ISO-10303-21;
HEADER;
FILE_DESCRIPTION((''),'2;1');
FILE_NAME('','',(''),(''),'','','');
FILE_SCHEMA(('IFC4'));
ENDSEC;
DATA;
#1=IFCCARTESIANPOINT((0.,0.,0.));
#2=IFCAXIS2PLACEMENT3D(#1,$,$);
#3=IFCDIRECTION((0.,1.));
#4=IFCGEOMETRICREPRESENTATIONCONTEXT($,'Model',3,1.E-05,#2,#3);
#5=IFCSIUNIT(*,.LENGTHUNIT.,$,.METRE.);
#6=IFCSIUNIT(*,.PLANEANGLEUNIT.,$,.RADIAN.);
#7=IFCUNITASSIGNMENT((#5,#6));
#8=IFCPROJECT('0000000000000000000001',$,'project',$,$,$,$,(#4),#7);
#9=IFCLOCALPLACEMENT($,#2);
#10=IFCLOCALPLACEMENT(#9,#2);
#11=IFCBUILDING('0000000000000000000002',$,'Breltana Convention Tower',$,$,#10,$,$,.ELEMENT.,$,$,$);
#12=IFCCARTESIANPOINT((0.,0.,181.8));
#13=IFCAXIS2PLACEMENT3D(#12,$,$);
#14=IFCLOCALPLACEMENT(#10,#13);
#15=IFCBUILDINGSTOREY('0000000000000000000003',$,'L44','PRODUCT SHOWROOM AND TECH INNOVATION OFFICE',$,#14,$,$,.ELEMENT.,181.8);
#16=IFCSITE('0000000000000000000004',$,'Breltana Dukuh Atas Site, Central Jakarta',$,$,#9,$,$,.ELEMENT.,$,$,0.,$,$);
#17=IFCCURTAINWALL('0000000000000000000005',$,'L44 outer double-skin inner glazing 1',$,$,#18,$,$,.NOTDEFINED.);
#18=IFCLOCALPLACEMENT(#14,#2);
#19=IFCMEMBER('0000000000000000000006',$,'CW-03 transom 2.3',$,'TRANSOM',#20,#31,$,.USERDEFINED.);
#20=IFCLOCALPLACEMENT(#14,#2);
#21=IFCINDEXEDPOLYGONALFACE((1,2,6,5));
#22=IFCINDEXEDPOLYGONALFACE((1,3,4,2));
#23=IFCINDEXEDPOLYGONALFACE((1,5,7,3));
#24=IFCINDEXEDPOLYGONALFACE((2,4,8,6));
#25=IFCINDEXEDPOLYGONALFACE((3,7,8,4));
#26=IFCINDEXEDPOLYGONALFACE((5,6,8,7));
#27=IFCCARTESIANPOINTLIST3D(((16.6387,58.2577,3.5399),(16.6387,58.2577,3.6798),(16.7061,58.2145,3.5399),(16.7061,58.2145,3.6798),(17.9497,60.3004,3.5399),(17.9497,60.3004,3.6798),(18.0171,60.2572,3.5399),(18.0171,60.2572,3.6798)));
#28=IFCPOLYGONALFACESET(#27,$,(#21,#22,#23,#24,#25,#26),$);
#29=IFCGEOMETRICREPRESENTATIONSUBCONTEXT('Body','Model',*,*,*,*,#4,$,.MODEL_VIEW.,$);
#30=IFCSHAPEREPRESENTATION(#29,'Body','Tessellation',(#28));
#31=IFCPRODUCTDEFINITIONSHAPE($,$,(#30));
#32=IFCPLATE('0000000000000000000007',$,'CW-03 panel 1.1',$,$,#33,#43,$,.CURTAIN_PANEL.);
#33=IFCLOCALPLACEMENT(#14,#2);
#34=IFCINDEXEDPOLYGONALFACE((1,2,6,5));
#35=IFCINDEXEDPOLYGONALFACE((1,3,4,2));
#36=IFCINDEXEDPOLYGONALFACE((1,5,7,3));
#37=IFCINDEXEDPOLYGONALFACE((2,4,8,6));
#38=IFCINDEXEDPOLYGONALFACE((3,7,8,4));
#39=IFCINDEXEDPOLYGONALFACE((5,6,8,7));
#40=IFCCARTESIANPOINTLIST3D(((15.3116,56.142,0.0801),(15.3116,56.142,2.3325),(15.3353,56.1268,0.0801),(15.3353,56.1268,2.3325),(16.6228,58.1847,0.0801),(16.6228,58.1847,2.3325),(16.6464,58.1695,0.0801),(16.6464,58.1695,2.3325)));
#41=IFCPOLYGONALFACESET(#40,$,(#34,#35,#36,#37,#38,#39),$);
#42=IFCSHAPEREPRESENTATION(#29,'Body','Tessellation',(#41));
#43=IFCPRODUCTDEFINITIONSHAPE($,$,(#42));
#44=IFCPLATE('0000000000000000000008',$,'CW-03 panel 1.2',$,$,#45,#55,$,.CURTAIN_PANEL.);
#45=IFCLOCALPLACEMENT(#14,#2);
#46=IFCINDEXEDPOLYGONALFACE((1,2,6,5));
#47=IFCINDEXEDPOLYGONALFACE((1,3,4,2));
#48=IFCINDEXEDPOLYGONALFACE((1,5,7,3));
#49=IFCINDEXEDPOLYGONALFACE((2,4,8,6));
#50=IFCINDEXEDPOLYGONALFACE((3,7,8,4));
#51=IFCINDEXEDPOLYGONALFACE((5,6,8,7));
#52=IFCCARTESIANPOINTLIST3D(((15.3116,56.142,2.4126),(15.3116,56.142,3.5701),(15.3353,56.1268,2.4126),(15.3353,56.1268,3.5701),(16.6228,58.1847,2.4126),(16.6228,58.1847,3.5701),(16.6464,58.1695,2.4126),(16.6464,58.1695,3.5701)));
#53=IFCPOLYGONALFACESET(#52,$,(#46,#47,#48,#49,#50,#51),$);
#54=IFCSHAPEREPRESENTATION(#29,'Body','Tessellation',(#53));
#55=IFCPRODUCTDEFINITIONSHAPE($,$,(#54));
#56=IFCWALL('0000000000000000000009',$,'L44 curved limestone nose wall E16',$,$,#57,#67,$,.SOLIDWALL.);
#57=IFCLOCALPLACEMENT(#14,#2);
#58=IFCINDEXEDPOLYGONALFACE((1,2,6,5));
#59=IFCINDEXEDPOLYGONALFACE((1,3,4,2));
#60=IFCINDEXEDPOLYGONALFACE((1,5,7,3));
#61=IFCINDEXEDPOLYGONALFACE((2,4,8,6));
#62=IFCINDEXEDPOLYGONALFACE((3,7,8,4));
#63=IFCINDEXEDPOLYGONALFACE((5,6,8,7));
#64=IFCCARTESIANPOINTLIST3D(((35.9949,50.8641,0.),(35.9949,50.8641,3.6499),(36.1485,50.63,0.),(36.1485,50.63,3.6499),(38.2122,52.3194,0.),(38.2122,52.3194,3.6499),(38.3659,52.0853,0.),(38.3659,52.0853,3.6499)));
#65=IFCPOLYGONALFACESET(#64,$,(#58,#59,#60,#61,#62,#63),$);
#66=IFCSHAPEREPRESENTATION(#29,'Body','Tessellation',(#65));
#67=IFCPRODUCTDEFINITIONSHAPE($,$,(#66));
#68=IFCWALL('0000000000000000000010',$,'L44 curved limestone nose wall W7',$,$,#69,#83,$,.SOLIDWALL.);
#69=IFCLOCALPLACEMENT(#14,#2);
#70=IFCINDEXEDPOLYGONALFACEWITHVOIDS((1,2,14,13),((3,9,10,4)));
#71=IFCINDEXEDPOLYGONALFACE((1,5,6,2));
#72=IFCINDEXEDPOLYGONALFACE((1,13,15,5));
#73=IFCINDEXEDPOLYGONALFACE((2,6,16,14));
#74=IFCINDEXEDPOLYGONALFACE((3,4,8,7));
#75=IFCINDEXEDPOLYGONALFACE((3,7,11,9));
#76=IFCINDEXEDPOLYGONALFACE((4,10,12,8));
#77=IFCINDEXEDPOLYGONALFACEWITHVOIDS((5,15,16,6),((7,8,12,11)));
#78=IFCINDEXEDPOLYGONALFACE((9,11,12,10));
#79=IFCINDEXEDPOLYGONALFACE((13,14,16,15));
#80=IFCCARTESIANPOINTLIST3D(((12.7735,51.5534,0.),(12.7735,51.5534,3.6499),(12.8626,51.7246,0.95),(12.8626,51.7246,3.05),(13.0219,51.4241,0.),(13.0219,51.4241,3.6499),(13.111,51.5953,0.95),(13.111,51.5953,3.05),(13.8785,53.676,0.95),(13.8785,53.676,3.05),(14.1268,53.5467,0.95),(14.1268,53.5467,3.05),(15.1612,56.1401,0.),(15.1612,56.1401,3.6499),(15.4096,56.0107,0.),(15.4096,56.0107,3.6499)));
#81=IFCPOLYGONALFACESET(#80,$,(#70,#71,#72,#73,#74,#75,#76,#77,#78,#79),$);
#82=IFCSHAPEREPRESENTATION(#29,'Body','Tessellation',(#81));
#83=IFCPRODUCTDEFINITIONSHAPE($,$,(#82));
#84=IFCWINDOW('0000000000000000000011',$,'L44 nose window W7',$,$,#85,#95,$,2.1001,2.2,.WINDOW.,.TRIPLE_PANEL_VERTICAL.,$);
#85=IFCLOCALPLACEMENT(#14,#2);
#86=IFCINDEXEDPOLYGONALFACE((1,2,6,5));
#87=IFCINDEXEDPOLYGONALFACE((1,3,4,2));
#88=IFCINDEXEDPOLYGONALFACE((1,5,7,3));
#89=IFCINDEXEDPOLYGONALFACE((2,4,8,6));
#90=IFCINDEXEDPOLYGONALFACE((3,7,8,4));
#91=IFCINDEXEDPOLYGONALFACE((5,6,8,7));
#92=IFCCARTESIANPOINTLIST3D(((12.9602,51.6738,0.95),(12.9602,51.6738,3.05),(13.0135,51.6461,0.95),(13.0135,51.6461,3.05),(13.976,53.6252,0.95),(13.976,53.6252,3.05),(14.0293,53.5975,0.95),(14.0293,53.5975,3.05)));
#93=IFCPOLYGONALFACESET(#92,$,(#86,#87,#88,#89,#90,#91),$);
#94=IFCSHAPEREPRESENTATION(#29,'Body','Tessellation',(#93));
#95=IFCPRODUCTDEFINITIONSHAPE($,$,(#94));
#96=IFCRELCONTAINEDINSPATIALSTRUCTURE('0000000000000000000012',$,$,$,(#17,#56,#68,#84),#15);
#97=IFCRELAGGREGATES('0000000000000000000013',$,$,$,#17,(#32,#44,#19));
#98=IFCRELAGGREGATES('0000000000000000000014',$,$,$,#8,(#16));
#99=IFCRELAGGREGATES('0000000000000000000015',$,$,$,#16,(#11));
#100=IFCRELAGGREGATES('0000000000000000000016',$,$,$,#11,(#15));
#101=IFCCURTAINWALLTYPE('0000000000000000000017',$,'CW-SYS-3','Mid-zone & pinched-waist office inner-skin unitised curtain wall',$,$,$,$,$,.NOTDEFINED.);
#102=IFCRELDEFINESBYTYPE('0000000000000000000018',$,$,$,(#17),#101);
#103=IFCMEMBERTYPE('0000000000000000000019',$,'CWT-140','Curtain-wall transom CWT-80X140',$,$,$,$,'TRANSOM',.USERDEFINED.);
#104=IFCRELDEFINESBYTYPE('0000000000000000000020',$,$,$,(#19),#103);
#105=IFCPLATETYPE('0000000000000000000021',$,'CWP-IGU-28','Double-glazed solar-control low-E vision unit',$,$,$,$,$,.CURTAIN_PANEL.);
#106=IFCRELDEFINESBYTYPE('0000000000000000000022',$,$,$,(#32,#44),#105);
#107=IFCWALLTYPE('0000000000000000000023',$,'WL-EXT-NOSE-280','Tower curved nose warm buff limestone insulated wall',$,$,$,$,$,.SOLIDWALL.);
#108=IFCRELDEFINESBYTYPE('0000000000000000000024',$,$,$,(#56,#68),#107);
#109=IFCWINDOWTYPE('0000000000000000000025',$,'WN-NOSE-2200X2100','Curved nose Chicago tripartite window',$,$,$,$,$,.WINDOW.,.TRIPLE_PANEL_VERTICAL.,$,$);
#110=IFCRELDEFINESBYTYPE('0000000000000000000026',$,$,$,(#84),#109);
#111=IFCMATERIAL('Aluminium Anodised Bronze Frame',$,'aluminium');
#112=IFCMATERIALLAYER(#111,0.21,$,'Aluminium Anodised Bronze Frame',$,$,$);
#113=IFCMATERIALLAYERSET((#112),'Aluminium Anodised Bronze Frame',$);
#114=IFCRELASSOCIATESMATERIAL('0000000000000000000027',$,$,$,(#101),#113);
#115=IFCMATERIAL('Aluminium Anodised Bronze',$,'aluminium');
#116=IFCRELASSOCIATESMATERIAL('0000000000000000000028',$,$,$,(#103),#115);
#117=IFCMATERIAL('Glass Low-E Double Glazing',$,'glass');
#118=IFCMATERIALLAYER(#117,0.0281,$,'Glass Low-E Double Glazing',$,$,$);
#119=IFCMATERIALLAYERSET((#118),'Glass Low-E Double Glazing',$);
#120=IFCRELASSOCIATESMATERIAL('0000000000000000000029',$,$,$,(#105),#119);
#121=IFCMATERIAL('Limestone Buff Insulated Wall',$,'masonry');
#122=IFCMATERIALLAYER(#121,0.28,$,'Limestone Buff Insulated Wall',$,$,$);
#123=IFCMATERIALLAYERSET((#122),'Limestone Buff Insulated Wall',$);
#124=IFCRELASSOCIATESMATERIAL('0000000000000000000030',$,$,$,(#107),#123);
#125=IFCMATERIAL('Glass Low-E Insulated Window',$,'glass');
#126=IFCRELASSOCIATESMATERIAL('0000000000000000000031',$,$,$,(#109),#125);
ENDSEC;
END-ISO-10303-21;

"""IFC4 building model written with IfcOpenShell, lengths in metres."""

from ifc_helpers import new_model, si_unit, direction, frame, frame_2d, origin, origin_2d, place, context, subcontext, project, spatial, rectangle, extrude, source, transform, mapped, material, layer, layer_set, material_profile, profile_set, type_object, type_shapes, element, fill, aggregate, save


model = new_model("IFC4")

# Units and contexts
model_context = context("Model", 3, precision=1e-05, world=origin(), true_north=direction((0.0, 1.0)))
body_context = subcontext(model_context, "Body", "Model", "MODEL_VIEW")
ifc_project = project(units=[si_unit("LENGTHUNIT", "METRE"), si_unit("PLANEANGLEUNIT", "RADIAN")], contexts=[model_context])

# Site, building, storey
site_placement = place(None, origin())
site = spatial("IfcSite", under=ifc_project, at=site_placement, Name="Breltana Dukuh Atas Site, Central Jakarta", CompositionType="ELEMENT", RefElevation=0.0)
building_placement = place(site_placement, origin())
building = spatial("IfcBuilding", under=site, at=building_placement, Name="Breltana Convention Tower", CompositionType="ELEMENT")
storey_placement = place(building_placement, frame((0.0, 0.0, 181.8)))
storey = spatial("IfcBuildingStorey", under=building, at=storey_placement, Name="L44", Description="PRODUCT SHOWROOM AND TECH INNOVATION OFFICE", CompositionType="ELEMENT", Elevation=181.8)

# Curtain wall, member, plates
ifc_material_1 = material(Name="Aluminium Anodised Bronze Frame", Category="aluminium")
ifc_layer_1 = layer(ifc_material_1, 0.21, Name="Aluminium Anodised Bronze Frame")
ifc_layer_set_1 = layer_set([ifc_layer_1], Name="Aluminium Anodised Bronze Frame")
curtain_wall_type = type_object("IfcCurtainWallType", Name="CW-SYS-3", Description="Mid-zone & pinched-waist office inner-skin unitised curtain wall", PredefinedType="NOTDEFINED", material=ifc_layer_set_1)
curtain_wall_placement = place(storey_placement, origin())
curtain_wall = element("IfcCurtainWall", 1, at=curtain_wall_placement, inside=storey, type_object=curtain_wall_type, Name="L44 outer double-skin inner glazing 1", PredefinedType="NOTDEFINED")
ifc_material_2 = material(Name="Aluminium Anodised Bronze", Category="aluminium")
ifc_material_profile_1 = material_profile(ifc_material_2, rectangle(XDim=0.0801, YDim=0.1399, at=origin_2d()), Name="CWT-80X140")
ifc_profile_set_1 = profile_set([ifc_material_profile_1], Name="Aluminium Anodised Bronze")
member_type_1 = type_object("IfcMemberType", Name="CWT-140", Description="Curtain-wall transom CWT-80X140", ElementType="TRANSOM", PredefinedType="USERDEFINED", material=ifc_profile_set_1)
shared_shape_1 = source(origin(), body_context, "Body", "SweptSolid", [
    extrude(rectangle(XDim=0.0801, YDim=0.1399, at=origin_2d()), origin(), (0.0, 0.0, 1.0), 2.4272),
])
member_1_placement = place(storey_placement, frame((16.6724, 58.2361, 3.6099), z_axis=(0.540132, 0.84158, 0.0), x_axis=(-0.84158, 0.540132, 0.0)))
member_1 = element("IfcMember", 2, at=member_1_placement, type_object=member_type_1, Name="CW-03 transom 2.3", ObjectType="TRANSOM", PredefinedType="USERDEFINED", context=body_context, shape_type="MappedRepresentation", body=[
    mapped(shared_shape_1, transform((0.0, 0.0, 0.0), scale=1.0)),
])
ifc_material_3 = material(Name="Glass Low-E Double Glazing", Category="glass")
ifc_layer_2 = layer(ifc_material_3, 0.0281, Name="Glass Low-E Double Glazing")
ifc_layer_set_2 = layer_set([ifc_layer_2], Name="Glass Low-E Double Glazing")
plate_type = type_object("IfcPlateType", Name="CWP-IGU-28", Description="Double-glazed solar-control low-E vision unit", PredefinedType="CURTAIN_PANEL", material=ifc_layer_set_2)
shared_shape_2 = source(origin(), body_context, "Body", "SweptSolid", [
    extrude(rectangle(XDim=2.4272, YDim=0.0281, at=origin_2d()), origin(), (0.0, 0.0, 1.0), 2.2524),
])
plate_1_placement = place(storey_placement, frame((15.979, 57.1558, 0.0801), z_axis=(0.0, 0.0, 1.0), x_axis=(0.540173, 0.841554, 0.0)))
plate_1 = element("IfcPlate", 3, at=plate_1_placement, type_object=plate_type, Name="CW-03 panel 1.1", PredefinedType="CURTAIN_PANEL", context=body_context, shape_type="MappedRepresentation", body=[
    mapped(shared_shape_2, transform((0.0, 0.0, 0.0), scale=1.0)),
])
shared_shape_3 = source(origin(), body_context, "Body", "SweptSolid", [
    extrude(rectangle(XDim=2.4272, YDim=0.0281, at=origin_2d()), origin(), (0.0, 0.0, 1.0), 1.1575),
])
plate_2_placement = place(storey_placement, frame((15.979, 57.1558, 2.4126), z_axis=(0.0, 0.0, 1.0), x_axis=(0.540173, 0.841554, 0.0)))
plate_2 = element("IfcPlate", 4, at=plate_2_placement, type_object=plate_type, Name="CW-03 panel 1.2", PredefinedType="CURTAIN_PANEL", context=body_context, shape_type="MappedRepresentation", body=[
    mapped(shared_shape_3, transform((0.0, 0.0, 0.0), scale=1.0)),
])
aggregate(curtain_wall, [plate_1, plate_2, member_1])

# Wall
ifc_material_4 = material(Name="Limestone Buff Insulated Wall", Category="masonry")
ifc_layer_3 = layer(ifc_material_4, 0.28, Name="Limestone Buff Insulated Wall")
ifc_layer_set_3 = layer_set([ifc_layer_3], Name="Limestone Buff Insulated Wall")
wall_type = type_object("IfcWallType", Name="WL-EXT-NOSE-280", Description="Tower curved nose warm buff limestone insulated wall", PredefinedType="SOLIDWALL", material=ifc_layer_set_3)
shared_shape_4 = source(origin(), body_context, "Body", "SweptSolid", [
    extrude(rectangle(XDim=2.6523, YDim=0.28, at=frame_2d((1.3262, 0.0))), origin(), (0.0, 0.0, 1.0), 3.6499),
])
wall_1_placement = place(storey_placement, frame((38.2891, 52.2024, 0.0), z_axis=(0.0, 0.0, 1.0), x_axis=(-0.836008, -0.548717, 0.0)))
element("IfcWall", 5, at=wall_1_placement, inside=storey, type_object=wall_type, Name="L44 curved limestone nose wall E16", PredefinedType="SOLIDWALL", context=body_context, shape_type="MappedRepresentation", body=[
    mapped(shared_shape_4, transform((0.0, 0.0, 0.0), scale=1.0)),
])

# Wall, opening, window
shared_shape_5 = source(origin(), body_context, "Body", "SweptSolid", [
    extrude(rectangle(XDim=5.1709, YDim=0.28, at=frame_2d((2.5854, 0.0))), origin(), (0.0, 0.0, 1.0), 3.6499),
])
wall_2_placement = place(storey_placement, frame((12.8977, 51.4888, 0.0), z_axis=(0.0, 0.0, 1.0), x_axis=(0.461753, 0.887009, 0.0)))
wall_2 = element("IfcWall", 6, at=wall_2_placement, inside=storey, type_object=wall_type, Name="L44 curved limestone nose wall W7", PredefinedType="SOLIDWALL", context=body_context, shape_type="MappedRepresentation", body=[
    mapped(shared_shape_5, transform((0.0, 0.0, 0.0), scale=1.0)),
])
opening_placement = place(wall_2_placement, frame((0.1929, 0.0, 0.95)))
opening = element("IfcOpeningElement", 7, at=opening_placement, cuts=wall_2, PredefinedType="OPENING", context=body_context, shape_type="SweptSolid", body=[
    extrude(rectangle(XDim=2.2, YDim=2.1001, at=frame_2d((1.1001, 1.05))), frame((0.0, 0.1499, 0.0), z_axis=(0.0, -1.0, 0.0), x_axis=(1.0, 0.0, 0.0)), (0.0, 0.0, 1.0), 0.3),
])
ifc_material_5 = material(Name="Glass Low-E Insulated Window", Category="glass")
window_type = type_object("IfcWindowType", Name="WN-NOSE-2200X2100", Description="Curved nose Chicago tripartite window", PartitioningType="TRIPLE_PANEL_VERTICAL", PredefinedType="WINDOW", material=ifc_material_5)
shared_shape_6 = source(origin(), body_context, "Body", "SweptSolid", [
    extrude(rectangle(XDim=2.2, YDim=2.1001, at=frame_2d((1.1001, 1.05))), frame((0.0, 0.03, 0.0), z_axis=(0.0, -1.0, 0.0), x_axis=(1.0, 0.0, 0.0)), (0.0, 0.0, 1.0), 0.0601),
])
type_shapes(window_type, [shared_shape_6])
window_placement = place(opening_placement, origin())
window = element("IfcWindow", 8, at=window_placement, inside=storey, type_object=window_type, Name="L44 nose window W7", OverallHeight=2.1001, OverallWidth=2.2, PartitioningType="TRIPLE_PANEL_VERTICAL", PredefinedType="WINDOW", context=body_context, shape_type="MappedRepresentation", body=[
    mapped(shared_shape_6, transform((0.0, 0.0, 0.0), scale=1.0)),
])
fill(opening, window)

save(model, "model.ifc")
